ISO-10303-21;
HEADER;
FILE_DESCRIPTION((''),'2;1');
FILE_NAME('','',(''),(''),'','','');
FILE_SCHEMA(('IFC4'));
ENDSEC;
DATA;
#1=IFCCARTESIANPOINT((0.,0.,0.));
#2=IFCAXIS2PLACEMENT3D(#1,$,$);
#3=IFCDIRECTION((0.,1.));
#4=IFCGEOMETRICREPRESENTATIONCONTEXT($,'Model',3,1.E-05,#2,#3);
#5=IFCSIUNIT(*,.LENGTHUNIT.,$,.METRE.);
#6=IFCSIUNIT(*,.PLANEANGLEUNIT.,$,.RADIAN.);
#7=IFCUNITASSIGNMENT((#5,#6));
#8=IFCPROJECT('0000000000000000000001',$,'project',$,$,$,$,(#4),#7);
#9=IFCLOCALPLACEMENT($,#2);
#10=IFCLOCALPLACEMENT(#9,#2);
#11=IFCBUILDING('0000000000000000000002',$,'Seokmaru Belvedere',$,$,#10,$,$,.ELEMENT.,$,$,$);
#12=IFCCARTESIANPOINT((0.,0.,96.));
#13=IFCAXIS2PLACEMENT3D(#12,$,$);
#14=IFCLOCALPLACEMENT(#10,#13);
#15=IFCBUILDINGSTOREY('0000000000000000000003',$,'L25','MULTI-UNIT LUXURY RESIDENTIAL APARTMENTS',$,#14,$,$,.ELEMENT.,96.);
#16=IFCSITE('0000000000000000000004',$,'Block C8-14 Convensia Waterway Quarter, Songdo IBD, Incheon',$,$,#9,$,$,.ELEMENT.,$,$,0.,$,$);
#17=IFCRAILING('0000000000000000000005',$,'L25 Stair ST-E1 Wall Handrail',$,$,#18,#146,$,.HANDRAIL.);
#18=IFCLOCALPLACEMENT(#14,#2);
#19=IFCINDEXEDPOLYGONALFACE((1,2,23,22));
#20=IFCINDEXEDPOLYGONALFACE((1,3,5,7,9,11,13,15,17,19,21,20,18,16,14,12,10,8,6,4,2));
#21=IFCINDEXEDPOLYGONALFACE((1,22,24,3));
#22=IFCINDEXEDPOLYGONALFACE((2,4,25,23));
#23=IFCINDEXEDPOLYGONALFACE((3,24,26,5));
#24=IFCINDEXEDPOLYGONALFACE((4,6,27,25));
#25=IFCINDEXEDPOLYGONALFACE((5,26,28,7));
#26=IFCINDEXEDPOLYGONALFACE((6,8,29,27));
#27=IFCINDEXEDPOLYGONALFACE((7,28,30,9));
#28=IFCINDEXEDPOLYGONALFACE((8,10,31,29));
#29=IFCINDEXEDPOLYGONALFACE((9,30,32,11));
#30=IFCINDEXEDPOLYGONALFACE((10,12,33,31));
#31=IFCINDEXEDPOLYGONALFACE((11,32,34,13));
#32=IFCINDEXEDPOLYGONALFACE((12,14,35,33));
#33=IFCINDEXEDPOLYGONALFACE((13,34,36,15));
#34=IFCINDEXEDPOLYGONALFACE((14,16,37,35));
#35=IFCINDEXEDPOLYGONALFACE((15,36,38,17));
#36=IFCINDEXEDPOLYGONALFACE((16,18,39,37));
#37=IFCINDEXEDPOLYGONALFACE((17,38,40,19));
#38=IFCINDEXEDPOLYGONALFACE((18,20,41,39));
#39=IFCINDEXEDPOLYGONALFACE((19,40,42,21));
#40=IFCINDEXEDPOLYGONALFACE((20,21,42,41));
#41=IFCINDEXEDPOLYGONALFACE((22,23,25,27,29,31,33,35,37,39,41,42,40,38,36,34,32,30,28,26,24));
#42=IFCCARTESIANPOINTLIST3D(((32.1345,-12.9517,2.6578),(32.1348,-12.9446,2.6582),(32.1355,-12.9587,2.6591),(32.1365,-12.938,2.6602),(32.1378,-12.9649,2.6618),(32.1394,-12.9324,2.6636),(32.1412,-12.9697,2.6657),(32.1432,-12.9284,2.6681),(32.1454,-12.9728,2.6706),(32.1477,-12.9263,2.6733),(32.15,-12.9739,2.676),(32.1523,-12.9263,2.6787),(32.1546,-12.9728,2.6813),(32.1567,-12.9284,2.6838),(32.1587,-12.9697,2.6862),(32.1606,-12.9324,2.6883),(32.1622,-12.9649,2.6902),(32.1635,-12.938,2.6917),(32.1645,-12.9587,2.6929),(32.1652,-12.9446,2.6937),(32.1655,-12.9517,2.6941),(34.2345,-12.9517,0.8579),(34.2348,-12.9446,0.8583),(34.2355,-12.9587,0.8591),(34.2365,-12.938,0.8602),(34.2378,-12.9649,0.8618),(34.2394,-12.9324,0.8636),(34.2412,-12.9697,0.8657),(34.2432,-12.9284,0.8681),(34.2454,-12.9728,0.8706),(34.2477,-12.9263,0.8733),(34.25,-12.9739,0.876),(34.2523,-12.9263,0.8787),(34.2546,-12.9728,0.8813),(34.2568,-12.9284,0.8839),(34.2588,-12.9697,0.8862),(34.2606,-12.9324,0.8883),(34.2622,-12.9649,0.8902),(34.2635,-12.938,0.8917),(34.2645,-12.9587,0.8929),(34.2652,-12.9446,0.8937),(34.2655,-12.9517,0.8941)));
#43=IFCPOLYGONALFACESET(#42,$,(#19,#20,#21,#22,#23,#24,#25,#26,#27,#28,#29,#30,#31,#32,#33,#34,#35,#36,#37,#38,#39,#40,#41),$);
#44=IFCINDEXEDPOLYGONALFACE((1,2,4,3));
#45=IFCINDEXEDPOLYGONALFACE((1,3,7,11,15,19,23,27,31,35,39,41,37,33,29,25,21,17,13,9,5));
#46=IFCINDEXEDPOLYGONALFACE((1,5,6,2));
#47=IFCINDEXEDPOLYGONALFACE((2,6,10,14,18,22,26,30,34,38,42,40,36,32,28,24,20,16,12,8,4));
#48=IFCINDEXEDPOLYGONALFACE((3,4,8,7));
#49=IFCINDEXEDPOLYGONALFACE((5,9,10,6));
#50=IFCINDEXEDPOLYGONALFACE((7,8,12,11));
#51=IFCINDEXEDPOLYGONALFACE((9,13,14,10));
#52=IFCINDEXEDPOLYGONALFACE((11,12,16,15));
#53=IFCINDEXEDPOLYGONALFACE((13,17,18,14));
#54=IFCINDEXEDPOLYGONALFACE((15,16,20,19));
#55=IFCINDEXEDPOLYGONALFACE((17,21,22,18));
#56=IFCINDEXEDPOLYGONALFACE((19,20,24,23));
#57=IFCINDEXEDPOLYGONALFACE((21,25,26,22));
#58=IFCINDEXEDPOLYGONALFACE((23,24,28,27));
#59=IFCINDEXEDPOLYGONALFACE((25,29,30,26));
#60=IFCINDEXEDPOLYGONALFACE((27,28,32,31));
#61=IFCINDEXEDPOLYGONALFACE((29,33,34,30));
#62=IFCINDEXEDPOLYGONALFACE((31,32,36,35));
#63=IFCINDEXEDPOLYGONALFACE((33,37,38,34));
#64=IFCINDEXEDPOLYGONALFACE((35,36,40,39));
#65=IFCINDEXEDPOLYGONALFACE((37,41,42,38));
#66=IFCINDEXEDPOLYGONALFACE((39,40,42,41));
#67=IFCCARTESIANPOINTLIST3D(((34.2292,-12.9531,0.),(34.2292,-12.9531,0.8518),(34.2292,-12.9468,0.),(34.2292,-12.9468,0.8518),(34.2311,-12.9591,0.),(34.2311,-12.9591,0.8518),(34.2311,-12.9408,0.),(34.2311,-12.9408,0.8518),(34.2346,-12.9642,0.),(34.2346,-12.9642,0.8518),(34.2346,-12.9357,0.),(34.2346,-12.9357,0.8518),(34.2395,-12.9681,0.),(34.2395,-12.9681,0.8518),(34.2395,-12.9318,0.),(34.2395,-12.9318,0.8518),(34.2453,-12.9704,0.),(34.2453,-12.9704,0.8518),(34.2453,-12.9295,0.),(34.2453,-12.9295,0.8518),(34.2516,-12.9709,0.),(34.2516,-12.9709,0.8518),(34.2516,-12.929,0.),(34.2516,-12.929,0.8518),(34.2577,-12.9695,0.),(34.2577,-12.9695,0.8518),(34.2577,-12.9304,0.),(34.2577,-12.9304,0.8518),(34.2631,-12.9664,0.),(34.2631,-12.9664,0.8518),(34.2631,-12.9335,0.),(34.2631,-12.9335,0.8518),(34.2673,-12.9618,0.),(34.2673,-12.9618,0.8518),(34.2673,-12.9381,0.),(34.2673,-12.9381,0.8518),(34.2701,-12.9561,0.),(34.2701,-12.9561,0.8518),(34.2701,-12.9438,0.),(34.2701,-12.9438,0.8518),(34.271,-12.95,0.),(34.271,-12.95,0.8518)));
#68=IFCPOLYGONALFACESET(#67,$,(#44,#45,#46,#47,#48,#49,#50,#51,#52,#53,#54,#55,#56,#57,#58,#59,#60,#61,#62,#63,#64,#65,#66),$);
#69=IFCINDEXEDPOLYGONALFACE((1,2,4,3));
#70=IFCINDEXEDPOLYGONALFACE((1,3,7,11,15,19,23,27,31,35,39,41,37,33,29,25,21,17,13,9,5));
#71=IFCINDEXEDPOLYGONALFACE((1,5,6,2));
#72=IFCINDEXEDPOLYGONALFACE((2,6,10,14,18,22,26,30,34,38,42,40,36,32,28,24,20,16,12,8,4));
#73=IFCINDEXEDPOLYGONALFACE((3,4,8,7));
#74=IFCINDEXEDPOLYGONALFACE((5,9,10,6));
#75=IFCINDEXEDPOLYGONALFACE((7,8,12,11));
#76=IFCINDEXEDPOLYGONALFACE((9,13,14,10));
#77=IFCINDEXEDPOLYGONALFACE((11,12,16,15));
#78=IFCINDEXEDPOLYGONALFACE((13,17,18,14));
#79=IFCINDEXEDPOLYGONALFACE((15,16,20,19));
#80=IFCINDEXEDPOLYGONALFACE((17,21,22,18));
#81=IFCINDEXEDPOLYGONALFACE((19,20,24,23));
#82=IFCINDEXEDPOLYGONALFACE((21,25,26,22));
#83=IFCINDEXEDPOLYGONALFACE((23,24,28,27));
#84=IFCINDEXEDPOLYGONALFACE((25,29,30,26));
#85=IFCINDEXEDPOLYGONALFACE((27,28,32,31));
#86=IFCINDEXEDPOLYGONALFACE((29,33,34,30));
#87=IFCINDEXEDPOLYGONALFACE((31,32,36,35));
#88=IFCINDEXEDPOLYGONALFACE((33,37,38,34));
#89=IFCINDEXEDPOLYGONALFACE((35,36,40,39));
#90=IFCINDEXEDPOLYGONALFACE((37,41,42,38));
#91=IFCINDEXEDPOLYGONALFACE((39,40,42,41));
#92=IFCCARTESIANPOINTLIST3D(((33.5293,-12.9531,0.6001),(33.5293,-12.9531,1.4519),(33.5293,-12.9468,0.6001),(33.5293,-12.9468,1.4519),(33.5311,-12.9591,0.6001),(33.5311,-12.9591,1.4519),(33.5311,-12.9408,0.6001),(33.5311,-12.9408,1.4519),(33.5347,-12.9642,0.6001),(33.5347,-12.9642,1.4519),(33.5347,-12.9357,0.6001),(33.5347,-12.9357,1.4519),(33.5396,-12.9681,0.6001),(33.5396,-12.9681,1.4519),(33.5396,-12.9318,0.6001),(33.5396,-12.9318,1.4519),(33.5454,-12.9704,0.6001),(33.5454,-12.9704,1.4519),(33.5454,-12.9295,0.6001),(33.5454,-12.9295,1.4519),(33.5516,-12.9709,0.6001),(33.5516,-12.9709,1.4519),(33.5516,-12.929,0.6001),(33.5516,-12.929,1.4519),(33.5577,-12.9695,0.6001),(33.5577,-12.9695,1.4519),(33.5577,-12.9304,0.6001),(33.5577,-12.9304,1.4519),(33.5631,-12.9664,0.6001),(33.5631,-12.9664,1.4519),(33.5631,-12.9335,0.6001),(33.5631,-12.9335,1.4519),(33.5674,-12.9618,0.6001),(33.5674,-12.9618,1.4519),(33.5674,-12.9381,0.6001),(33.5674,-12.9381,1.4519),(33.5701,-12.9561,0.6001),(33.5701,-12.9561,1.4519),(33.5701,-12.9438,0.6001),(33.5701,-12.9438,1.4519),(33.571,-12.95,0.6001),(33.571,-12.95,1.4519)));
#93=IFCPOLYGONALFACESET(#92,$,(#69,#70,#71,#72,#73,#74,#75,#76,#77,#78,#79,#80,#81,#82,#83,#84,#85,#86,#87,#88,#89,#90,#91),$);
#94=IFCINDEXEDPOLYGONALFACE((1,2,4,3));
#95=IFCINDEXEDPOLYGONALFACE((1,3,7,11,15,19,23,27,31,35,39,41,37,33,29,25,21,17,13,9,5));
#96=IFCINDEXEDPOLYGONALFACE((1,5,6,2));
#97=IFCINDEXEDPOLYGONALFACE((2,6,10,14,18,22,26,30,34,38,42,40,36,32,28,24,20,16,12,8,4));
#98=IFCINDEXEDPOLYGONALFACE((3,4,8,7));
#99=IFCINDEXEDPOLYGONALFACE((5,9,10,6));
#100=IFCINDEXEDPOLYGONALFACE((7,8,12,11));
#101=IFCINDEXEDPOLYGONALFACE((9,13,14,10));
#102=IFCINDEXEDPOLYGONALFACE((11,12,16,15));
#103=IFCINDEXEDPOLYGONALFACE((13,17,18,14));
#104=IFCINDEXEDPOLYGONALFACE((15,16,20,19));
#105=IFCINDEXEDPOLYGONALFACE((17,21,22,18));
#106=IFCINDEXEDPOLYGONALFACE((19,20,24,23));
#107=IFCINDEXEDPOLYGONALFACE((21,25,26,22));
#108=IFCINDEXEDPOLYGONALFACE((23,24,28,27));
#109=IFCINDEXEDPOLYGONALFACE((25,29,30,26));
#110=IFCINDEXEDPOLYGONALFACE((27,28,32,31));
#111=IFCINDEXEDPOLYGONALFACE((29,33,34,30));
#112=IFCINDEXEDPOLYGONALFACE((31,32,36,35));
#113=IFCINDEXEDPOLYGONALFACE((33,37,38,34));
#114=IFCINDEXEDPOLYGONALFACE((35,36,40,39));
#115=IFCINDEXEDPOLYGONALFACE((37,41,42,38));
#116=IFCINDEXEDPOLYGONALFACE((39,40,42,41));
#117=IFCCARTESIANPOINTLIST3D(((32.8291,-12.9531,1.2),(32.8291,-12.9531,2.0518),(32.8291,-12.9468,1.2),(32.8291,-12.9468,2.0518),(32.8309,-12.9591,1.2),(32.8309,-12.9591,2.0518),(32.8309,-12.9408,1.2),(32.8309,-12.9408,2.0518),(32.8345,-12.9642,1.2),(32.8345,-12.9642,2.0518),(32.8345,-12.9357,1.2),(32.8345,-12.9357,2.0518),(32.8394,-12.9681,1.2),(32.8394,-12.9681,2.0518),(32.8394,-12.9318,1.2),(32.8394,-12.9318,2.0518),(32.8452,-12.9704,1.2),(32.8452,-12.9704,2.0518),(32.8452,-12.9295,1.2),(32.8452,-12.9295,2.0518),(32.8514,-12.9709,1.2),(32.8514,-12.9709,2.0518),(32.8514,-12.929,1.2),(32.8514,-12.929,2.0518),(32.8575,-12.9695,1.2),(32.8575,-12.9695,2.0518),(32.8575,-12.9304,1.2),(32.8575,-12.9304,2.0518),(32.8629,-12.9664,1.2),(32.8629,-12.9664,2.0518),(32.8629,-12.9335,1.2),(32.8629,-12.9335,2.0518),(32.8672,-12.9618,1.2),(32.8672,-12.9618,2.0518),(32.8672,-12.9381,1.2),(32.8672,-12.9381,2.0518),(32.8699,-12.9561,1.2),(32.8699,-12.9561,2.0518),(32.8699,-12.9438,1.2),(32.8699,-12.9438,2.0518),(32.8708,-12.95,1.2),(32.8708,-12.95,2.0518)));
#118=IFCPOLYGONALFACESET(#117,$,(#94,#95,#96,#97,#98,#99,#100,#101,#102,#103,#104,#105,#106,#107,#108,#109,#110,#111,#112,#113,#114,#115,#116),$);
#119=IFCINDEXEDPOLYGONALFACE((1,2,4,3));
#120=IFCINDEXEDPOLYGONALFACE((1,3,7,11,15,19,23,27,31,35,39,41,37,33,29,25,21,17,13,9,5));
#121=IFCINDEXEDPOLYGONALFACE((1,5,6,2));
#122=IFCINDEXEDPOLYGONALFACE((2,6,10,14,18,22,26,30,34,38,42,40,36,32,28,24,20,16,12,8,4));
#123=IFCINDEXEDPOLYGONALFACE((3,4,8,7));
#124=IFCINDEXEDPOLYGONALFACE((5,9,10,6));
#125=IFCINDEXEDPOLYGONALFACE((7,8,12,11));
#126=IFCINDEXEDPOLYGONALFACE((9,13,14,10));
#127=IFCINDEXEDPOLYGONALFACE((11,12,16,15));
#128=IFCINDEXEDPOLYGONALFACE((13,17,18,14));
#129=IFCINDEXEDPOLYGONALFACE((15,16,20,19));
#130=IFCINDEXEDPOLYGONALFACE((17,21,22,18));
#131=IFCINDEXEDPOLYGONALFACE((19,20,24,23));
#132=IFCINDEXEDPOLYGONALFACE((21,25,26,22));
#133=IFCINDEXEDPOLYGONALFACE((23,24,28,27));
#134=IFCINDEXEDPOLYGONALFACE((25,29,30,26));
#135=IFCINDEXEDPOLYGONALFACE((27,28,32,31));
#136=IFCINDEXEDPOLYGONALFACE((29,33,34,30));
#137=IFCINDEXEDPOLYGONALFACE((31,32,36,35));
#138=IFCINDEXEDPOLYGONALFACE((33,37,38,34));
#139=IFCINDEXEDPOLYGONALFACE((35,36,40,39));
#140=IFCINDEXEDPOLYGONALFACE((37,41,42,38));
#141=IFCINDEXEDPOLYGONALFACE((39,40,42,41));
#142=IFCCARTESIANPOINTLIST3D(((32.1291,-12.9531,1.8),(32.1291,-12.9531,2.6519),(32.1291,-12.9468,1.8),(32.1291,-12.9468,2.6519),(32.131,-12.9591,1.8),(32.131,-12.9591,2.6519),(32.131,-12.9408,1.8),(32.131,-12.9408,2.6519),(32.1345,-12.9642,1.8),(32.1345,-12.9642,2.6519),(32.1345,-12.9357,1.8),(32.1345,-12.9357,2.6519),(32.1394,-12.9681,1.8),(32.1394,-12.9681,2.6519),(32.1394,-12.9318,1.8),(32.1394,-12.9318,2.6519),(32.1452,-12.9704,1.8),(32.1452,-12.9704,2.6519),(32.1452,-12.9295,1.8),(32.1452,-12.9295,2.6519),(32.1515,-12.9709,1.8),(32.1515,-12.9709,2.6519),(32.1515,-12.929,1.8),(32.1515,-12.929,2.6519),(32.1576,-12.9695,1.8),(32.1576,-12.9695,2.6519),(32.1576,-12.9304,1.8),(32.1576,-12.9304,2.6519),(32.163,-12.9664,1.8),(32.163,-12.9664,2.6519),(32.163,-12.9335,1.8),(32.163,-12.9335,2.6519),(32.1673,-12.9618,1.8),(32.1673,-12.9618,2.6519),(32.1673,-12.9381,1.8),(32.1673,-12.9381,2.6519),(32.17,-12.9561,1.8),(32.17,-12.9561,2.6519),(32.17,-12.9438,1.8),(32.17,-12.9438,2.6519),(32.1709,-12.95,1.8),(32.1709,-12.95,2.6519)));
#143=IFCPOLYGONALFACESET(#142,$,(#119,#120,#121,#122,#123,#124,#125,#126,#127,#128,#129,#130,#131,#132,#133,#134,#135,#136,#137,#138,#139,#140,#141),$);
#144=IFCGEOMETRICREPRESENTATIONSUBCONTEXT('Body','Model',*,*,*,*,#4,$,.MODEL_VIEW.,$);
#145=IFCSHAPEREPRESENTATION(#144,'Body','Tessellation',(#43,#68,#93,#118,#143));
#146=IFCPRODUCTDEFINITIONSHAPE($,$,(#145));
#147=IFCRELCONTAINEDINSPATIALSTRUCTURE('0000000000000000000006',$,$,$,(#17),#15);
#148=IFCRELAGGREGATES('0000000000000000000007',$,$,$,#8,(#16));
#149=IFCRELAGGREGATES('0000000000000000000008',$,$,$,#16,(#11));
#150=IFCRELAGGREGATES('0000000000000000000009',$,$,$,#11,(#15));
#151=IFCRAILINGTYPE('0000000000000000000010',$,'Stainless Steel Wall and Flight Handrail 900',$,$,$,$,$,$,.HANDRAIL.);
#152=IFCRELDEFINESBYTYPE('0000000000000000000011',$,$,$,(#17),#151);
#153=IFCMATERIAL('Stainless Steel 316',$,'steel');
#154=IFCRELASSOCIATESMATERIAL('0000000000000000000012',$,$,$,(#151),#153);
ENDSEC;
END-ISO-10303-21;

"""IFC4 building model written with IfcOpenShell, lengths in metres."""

from ifc_helpers import new_model, si_unit, direction, frame, origin, origin_2d, place, context, subcontext, project, spatial, circle, extrude, material, type_object, element, save


model = new_model("IFC4")

# Units and contexts
model_context = context("Model", 3, precision=1e-05, world=origin(), true_north=direction((0.0, 1.0)))
body_context = subcontext(model_context, "Body", "Model", "MODEL_VIEW")
ifc_project = project(units=[si_unit("LENGTHUNIT", "METRE"), si_unit("PLANEANGLEUNIT", "RADIAN")], contexts=[model_context])

# Site, building, storey
site_placement = place(None, origin())
site = spatial("IfcSite", under=ifc_project, at=site_placement, Name="Block C8-14 Convensia Waterway Quarter, Songdo IBD, Incheon", CompositionType="ELEMENT", RefElevation=0.0)
building_placement = place(site_placement, origin())
building = spatial("IfcBuilding", under=site, at=building_placement, Name="Seokmaru Belvedere", CompositionType="ELEMENT")
storey_placement = place(building_placement, frame((0.0, 0.0, 96.0)))
storey = spatial("IfcBuildingStorey", under=building, at=storey_placement, Name="L25", Description="MULTI-UNIT LUXURY RESIDENTIAL APARTMENTS", CompositionType="ELEMENT", Elevation=96.0)

# Shared definitions
ifc_material_1 = material(Name="Stainless Steel 316", Category="steel")

# Railing
railing_type_1 = type_object("IfcRailingType", Name="Stainless Steel Wall and Flight Handrail 900", PredefinedType="HANDRAIL", material=ifc_material_1)
railing_1_placement = place(storey_placement, frame((34.25, -12.95, 0.0)))
element("IfcRailing", 1, at=railing_1_placement, inside=storey, type_object=railing_type_1, Name="L25 Stair ST-E1 Wall Handrail", PredefinedType="HANDRAIL", context=body_context, shape_type="SweptSolid", body=[
    extrude(circle(Radius=0.0239, at=origin_2d()), frame((0.0, 0.0, 0.876), z_axis=(-0.759263, 0.0, 0.650784), x_axis=(0.0, -1.0, 0.0)), (0.0, 0.0, 1.0), 2.7659),
    extrude(circle(Radius=0.021, at=origin_2d()), origin(), (0.0, 0.0, 1.0), 0.8518),
    extrude(circle(Radius=0.021, at=origin_2d()), frame((-0.7, 0.0, 0.6001)), (0.0, 0.0, 1.0), 0.8518),
    extrude(circle(Radius=0.021, at=origin_2d()), frame((-1.4001, 0.0, 1.2)), (0.0, 0.0, 1.0), 0.8518),
    extrude(circle(Radius=0.021, at=origin_2d()), frame((-2.1001, 0.0, 1.8)), (0.0, 0.0, 1.0), 0.8518),
])

save(model, "model.ifc")
